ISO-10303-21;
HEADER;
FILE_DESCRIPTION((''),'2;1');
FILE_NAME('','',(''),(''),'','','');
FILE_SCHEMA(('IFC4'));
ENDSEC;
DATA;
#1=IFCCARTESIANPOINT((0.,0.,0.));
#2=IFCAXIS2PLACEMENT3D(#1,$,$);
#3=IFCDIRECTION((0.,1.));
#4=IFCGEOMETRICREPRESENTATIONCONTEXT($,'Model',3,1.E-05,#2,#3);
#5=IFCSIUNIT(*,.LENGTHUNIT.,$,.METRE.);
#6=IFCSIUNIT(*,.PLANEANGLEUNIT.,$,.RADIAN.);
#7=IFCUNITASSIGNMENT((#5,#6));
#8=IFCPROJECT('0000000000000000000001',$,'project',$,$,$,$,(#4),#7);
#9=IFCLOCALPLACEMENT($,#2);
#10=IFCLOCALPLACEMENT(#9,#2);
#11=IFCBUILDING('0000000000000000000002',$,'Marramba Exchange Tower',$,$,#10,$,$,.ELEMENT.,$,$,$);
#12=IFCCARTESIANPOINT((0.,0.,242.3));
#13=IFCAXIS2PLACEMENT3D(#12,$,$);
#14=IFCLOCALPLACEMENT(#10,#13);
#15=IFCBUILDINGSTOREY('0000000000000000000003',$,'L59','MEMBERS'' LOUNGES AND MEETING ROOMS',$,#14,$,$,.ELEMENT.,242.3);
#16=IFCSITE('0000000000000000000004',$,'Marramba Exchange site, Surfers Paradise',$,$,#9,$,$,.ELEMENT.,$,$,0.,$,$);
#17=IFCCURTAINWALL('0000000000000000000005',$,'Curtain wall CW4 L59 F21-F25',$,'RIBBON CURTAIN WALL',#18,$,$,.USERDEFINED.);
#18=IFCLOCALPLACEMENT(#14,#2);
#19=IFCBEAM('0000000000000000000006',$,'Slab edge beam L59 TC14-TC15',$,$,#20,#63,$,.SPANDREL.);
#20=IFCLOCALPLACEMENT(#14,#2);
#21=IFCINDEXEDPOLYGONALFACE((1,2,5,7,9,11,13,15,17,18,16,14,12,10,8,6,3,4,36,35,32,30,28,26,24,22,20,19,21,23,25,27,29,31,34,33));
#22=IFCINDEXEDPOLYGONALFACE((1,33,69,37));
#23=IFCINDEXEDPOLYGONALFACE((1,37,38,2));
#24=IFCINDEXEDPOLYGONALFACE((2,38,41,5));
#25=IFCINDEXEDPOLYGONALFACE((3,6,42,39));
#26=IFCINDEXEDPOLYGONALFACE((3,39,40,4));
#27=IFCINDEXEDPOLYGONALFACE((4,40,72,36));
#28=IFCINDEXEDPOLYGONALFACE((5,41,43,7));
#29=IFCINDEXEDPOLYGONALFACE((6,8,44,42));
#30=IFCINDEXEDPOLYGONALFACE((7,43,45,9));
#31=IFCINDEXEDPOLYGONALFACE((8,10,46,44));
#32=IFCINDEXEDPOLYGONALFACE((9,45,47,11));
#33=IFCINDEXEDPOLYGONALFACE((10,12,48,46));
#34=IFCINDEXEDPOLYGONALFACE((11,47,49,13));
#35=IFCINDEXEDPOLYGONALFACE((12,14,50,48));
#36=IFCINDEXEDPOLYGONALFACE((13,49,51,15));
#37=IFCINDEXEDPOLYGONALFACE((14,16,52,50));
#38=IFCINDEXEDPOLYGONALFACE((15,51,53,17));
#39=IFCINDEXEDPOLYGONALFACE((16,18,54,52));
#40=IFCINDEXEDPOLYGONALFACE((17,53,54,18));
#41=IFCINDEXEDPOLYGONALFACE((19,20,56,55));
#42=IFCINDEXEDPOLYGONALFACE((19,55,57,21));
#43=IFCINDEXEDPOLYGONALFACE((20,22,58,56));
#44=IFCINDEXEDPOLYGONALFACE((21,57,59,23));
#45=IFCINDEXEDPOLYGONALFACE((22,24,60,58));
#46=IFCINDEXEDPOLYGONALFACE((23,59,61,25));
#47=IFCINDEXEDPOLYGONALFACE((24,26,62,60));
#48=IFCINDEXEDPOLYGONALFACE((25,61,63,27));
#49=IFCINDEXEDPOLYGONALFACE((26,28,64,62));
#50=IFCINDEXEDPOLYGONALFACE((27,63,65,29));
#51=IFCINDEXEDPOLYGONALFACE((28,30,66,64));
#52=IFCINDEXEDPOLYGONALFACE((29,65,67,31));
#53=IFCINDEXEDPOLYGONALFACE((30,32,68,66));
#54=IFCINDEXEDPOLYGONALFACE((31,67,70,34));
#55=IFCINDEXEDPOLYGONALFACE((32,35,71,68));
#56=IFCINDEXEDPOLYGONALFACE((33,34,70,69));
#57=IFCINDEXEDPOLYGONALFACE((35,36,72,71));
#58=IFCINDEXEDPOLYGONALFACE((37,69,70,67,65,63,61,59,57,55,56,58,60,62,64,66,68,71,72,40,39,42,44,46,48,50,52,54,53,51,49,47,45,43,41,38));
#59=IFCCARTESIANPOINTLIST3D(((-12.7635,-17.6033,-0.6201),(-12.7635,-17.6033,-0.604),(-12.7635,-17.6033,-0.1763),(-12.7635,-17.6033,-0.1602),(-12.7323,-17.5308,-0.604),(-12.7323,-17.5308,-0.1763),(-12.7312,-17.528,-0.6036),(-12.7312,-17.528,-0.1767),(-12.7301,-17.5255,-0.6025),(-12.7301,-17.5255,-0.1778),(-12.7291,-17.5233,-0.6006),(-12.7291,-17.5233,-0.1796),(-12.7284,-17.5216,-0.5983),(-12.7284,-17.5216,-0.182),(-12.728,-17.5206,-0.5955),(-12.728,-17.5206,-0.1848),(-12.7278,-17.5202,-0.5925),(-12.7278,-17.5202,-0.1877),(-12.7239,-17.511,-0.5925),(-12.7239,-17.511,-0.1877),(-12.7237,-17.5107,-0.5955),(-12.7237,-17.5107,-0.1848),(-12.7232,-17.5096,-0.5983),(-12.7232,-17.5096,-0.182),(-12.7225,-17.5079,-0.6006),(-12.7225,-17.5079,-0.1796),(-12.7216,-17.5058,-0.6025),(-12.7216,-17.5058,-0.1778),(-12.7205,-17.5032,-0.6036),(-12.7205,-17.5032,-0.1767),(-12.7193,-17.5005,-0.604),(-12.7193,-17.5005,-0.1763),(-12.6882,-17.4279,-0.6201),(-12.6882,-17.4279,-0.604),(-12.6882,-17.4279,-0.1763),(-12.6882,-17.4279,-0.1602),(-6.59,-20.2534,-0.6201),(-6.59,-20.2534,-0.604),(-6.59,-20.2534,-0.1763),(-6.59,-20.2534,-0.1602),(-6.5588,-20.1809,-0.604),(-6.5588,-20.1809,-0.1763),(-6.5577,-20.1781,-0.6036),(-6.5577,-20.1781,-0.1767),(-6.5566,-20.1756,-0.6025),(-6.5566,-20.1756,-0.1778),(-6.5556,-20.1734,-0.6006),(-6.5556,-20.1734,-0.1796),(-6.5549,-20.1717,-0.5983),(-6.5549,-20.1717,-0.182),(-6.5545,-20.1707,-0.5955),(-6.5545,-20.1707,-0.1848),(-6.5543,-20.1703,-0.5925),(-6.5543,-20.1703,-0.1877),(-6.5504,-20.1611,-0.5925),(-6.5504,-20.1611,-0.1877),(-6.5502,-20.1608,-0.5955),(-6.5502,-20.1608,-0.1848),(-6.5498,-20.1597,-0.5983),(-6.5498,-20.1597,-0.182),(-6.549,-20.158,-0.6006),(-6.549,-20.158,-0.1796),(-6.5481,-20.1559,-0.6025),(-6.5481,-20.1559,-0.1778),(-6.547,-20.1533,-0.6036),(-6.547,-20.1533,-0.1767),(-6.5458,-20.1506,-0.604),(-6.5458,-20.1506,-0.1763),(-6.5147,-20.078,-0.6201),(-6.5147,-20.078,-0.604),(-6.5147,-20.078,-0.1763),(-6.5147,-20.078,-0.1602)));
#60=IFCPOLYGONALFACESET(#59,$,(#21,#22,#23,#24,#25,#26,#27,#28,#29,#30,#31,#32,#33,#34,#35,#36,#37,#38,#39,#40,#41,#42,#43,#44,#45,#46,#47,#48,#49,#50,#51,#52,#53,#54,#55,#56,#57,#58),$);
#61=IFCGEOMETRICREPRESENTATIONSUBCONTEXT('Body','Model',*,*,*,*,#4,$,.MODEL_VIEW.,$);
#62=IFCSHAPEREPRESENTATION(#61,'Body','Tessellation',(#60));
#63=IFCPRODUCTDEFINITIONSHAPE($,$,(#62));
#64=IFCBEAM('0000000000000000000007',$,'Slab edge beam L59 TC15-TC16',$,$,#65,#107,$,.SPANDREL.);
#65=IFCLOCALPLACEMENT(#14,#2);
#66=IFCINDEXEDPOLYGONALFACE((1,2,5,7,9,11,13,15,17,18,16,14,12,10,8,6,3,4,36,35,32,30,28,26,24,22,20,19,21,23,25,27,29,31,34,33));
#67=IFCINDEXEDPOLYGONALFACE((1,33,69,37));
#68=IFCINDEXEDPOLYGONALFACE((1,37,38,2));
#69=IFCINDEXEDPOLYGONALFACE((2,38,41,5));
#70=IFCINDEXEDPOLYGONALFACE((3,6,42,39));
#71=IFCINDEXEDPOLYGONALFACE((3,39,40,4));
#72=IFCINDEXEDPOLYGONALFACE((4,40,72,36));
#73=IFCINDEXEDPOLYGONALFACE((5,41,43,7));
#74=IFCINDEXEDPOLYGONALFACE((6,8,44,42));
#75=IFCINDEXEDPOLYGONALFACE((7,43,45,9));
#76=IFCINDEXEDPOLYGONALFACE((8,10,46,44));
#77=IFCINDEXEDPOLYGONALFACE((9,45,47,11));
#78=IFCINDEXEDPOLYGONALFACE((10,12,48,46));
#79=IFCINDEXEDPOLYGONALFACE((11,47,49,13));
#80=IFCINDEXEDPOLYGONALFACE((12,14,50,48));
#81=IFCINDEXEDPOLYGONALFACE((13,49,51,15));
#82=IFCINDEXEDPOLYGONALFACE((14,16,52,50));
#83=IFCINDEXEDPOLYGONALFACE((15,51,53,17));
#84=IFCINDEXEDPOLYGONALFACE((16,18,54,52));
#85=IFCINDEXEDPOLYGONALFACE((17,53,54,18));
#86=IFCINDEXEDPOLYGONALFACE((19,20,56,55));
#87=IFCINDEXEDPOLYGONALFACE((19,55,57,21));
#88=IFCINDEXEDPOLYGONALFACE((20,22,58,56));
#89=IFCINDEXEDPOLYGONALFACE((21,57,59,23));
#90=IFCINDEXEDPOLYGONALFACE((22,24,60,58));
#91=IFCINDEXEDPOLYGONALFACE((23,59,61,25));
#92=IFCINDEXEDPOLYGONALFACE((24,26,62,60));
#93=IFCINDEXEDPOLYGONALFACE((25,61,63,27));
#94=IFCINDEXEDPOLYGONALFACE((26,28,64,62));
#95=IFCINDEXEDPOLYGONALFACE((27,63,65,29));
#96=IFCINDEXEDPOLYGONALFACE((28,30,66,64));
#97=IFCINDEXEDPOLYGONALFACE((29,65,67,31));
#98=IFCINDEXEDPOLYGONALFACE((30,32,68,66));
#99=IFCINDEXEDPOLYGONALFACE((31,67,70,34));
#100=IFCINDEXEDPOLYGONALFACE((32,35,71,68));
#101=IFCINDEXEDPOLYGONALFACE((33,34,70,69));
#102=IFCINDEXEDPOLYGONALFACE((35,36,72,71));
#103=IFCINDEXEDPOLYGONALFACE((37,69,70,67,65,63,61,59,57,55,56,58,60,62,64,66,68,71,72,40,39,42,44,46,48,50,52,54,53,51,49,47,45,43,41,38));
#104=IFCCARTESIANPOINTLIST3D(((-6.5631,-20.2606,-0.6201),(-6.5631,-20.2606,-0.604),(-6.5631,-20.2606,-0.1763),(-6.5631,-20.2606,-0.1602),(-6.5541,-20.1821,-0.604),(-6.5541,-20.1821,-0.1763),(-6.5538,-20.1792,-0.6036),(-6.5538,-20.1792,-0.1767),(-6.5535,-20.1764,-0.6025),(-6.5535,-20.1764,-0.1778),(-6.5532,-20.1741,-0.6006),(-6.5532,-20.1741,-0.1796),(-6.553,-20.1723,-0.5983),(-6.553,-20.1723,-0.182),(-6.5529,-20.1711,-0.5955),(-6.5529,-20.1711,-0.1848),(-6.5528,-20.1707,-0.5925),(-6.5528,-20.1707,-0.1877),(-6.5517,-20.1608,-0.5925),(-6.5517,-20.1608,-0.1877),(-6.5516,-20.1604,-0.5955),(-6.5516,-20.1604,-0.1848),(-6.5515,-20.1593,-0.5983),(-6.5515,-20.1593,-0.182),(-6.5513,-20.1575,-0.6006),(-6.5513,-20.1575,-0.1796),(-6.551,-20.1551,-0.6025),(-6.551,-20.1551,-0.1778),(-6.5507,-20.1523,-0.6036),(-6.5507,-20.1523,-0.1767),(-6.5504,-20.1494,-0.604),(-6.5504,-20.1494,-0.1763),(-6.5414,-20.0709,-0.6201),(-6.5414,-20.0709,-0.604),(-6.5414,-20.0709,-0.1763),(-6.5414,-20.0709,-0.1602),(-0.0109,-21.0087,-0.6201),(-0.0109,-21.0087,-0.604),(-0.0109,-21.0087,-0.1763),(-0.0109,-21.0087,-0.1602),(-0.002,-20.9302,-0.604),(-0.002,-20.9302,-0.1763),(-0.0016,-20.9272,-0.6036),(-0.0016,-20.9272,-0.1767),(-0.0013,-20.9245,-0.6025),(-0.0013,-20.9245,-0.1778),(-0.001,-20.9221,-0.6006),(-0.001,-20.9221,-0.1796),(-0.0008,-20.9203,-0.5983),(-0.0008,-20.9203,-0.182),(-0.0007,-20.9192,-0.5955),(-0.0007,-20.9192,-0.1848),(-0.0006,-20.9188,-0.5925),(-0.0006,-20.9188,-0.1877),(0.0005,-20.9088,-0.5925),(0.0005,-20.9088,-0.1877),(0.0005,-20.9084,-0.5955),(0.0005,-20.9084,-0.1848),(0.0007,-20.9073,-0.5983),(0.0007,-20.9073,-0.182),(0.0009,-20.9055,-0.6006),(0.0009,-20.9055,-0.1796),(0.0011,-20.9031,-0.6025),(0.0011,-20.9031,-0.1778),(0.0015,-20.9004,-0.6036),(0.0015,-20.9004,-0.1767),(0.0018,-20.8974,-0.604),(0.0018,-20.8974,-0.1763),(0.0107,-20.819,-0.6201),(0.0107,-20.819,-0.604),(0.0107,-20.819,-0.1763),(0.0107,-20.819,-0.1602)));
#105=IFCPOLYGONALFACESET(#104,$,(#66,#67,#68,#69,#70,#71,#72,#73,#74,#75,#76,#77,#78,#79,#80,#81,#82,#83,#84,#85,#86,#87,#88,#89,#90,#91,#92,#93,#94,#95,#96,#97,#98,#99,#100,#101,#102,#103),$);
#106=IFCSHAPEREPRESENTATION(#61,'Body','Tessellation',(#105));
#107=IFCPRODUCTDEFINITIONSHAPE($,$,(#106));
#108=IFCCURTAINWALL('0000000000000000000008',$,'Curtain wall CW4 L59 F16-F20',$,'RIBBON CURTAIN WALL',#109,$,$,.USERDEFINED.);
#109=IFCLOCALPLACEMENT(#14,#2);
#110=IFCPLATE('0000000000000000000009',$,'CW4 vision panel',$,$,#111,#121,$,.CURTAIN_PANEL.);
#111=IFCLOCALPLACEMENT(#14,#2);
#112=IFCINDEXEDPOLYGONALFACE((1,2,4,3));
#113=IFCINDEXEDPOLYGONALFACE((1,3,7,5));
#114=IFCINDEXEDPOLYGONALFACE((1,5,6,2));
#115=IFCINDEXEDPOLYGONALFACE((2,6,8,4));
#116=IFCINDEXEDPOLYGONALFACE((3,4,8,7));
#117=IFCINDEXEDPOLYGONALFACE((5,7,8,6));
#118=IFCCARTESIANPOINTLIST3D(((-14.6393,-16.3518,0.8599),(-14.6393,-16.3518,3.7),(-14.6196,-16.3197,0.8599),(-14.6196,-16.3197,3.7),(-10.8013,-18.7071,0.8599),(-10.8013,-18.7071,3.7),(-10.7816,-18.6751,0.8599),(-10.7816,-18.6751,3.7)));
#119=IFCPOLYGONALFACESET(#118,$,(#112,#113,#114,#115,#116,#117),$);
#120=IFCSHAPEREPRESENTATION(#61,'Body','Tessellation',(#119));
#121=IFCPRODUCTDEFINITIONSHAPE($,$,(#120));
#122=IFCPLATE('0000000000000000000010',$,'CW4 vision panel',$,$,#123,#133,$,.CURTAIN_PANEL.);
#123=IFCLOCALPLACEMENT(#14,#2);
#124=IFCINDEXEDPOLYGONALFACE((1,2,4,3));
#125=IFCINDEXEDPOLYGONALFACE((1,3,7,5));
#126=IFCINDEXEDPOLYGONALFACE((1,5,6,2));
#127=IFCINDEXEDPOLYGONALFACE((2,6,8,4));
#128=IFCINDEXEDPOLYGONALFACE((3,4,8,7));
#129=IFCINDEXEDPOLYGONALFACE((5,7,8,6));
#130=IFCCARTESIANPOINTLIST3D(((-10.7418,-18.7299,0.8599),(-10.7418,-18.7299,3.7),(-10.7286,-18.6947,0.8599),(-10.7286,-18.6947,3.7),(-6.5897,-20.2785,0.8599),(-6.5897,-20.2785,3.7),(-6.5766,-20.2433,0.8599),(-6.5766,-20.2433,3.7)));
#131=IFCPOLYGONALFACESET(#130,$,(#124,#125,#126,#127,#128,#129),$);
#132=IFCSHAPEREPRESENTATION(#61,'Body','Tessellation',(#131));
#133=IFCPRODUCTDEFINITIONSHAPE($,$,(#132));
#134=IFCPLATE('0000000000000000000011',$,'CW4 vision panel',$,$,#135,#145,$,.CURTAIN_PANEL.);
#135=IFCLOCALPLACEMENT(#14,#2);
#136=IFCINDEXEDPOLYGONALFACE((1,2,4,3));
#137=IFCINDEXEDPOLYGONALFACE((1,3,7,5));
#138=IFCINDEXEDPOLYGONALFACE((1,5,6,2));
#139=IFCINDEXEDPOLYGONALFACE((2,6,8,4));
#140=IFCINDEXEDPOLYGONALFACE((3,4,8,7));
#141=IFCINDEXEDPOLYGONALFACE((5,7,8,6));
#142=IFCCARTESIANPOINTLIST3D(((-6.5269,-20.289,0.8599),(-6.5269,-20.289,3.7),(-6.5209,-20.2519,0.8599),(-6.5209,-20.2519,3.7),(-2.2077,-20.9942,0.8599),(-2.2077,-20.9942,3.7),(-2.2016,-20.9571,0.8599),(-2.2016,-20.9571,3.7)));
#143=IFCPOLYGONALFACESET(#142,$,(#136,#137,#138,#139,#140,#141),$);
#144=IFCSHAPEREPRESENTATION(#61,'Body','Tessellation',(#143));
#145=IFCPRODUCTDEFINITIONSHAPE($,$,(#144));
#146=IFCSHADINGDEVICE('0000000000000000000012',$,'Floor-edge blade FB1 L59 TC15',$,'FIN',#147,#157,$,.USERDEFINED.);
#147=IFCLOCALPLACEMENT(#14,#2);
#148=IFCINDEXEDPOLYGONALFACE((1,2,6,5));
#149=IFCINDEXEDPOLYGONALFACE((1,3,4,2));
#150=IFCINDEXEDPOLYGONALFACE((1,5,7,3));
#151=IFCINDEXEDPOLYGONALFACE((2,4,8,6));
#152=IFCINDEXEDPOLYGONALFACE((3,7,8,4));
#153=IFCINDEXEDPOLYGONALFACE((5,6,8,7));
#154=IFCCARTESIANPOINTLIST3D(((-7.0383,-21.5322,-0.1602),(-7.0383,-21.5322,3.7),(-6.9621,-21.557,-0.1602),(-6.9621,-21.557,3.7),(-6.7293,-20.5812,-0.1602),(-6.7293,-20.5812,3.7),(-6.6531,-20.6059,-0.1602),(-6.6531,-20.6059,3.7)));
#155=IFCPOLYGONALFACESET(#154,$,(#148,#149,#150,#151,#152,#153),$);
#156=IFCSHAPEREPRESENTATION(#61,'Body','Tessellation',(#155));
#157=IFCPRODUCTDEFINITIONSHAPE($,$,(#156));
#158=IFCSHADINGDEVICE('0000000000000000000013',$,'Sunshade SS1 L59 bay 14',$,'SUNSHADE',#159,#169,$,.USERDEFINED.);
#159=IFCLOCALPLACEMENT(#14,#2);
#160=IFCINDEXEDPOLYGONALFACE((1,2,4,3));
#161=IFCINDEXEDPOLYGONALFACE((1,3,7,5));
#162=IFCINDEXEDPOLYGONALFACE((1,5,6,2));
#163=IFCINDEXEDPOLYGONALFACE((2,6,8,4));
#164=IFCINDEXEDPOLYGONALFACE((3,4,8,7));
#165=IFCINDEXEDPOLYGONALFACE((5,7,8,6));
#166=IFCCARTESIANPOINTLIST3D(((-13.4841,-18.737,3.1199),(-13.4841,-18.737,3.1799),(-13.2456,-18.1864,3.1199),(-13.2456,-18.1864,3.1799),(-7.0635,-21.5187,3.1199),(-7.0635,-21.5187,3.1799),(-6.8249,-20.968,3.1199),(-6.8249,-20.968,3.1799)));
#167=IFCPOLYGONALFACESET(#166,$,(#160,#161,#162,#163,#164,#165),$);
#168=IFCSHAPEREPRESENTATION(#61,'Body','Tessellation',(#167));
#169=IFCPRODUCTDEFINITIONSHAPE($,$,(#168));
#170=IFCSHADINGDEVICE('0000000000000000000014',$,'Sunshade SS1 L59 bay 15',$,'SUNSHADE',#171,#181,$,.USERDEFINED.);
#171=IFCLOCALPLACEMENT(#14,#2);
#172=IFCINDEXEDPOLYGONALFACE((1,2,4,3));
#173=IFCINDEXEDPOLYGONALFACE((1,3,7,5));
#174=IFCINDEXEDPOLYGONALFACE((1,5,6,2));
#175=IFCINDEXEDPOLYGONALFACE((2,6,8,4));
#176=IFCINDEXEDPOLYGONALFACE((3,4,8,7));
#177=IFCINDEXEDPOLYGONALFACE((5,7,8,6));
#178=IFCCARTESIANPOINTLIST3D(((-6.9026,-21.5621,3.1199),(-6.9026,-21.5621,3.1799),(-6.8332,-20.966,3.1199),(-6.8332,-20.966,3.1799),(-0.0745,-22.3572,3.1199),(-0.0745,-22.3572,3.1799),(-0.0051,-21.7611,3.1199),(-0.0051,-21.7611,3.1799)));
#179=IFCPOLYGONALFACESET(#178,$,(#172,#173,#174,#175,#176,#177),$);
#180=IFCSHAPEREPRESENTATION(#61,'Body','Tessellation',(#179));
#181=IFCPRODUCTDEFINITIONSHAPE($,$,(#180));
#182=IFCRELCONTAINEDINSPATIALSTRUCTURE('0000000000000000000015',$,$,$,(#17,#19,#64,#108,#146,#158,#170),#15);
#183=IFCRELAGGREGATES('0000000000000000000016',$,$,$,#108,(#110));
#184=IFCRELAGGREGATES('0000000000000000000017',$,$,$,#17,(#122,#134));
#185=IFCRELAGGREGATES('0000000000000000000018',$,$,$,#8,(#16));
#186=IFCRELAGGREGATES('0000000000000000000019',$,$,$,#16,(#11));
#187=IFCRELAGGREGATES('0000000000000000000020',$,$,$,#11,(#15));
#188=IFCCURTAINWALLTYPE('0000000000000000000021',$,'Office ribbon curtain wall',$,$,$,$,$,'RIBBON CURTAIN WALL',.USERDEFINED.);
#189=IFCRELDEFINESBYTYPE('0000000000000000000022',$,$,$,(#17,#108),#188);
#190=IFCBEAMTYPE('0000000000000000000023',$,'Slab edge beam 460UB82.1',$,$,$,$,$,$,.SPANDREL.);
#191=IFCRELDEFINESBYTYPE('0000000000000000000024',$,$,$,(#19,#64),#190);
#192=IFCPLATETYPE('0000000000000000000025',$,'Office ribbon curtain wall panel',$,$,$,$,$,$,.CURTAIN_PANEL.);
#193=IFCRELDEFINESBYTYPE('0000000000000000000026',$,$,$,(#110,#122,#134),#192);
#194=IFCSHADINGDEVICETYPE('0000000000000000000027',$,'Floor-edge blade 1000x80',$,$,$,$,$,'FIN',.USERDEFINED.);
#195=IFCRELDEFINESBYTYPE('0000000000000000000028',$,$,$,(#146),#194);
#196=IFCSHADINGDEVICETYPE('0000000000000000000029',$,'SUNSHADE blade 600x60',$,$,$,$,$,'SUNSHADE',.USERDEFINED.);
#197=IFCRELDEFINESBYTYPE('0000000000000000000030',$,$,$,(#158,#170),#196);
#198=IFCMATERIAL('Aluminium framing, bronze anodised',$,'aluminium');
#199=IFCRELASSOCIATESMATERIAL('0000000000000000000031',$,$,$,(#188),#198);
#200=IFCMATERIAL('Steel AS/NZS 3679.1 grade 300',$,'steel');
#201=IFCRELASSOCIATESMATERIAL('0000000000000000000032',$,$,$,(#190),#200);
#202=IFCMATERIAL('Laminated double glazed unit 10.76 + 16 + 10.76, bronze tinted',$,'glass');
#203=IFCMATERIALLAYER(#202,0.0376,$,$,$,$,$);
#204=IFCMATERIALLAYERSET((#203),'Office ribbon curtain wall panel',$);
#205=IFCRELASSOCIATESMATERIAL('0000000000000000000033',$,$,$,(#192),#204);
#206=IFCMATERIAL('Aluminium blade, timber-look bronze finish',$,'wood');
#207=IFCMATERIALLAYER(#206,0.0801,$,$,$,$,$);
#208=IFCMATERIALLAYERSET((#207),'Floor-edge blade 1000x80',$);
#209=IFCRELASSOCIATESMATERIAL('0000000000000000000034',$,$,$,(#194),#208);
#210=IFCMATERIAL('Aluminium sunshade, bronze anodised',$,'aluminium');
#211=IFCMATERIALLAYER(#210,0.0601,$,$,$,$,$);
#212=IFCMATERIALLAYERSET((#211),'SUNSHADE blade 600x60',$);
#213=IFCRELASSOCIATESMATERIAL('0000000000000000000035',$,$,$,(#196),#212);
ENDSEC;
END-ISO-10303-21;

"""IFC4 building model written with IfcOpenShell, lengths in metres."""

from ifc_helpers import new_model, si_unit, direction, frame, origin, origin_2d, place, context, subcontext, project, spatial, rectangle, i_section, extrude, material, layer, layer_set, material_profile, profile_set, type_object, element, aggregate, save


model = new_model("IFC4")

# Units and contexts
model_context = context("Model", 3, precision=1e-05, world=origin(), true_north=direction((0.0, 1.0)))
body_context = subcontext(model_context, "Body", "Model", "MODEL_VIEW")
ifc_project = project(units=[si_unit("LENGTHUNIT", "METRE"), si_unit("PLANEANGLEUNIT", "RADIAN")], contexts=[model_context])

# Site, building, storey
site_placement = place(None, origin())
site = spatial("IfcSite", under=ifc_project, at=site_placement, Name="Marramba Exchange site, Surfers Paradise", CompositionType="ELEMENT", RefElevation=0.0)
building_placement = place(site_placement, origin())
building = spatial("IfcBuilding", under=site, at=building_placement, Name="Marramba Exchange Tower", CompositionType="ELEMENT")
storey_placement = place(building_placement, frame((0.0, 0.0, 242.3)))
storey = spatial("IfcBuildingStorey", under=building, at=storey_placement, Name="L59", Description="MEMBERS' LOUNGES AND MEETING ROOMS", CompositionType="ELEMENT", Elevation=242.3)

# Curtain wall
ifc_material_1 = material(Name="Aluminium framing, bronze anodised", Category="aluminium")
curtain_wall_type = type_object("IfcCurtainWallType", Name="Office ribbon curtain wall", ElementType="RIBBON CURTAIN WALL", PredefinedType="USERDEFINED", material=ifc_material_1)
curtain_wall_1_placement = place(storey_placement, origin())
curtain_wall_1 = element("IfcCurtainWall", 1, at=curtain_wall_1_placement, inside=storey, type_object=curtain_wall_type, Name="Curtain wall CW4 L59 F21-F25", ObjectType="RIBBON CURTAIN WALL", PredefinedType="USERDEFINED")

# Beams
ifc_material_2 = material(Name="Steel AS/NZS 3679.1 grade 300", Category="steel")
ifc_material_profile_1 = material_profile(ifc_material_2, i_section(OverallWidth=0.1909, OverallDepth=0.46, WebThickness=0.01, FlangeThickness=0.0161, FilletRadius=0.0115, at=origin_2d()), Name="460UB82.1")
ifc_profile_set_1 = profile_set([ifc_material_profile_1], Name="Steel AS/NZS 3679.1 grade 300")
beam_type_1 = type_object("IfcBeamType", Name="Slab edge beam 460UB82.1", PredefinedType="SPANDREL", material=ifc_profile_set_1)
beam_1_placement = place(storey_placement, frame((-12.7258, -17.5156, -0.3901), z_axis=(0.918912, -0.394463, 0.0), x_axis=(0.394463, 0.918912, 0.0)))
element("IfcBeam", 2, at=beam_1_placement, inside=storey, type_object=beam_type_1, Name="Slab edge beam L59 TC14-TC15", PredefinedType="SPANDREL", context=body_context, shape_type="SweptSolid", body=[
    extrude(i_section(OverallWidth=0.1909, OverallDepth=0.46, WebThickness=0.01, FlangeThickness=0.0161, FilletRadius=0.0115, at=origin_2d()), origin(), (0.0, 0.0, 1.0), 6.7183),
])
beam_2_placement = place(storey_placement, frame((-6.5522, -20.1658, -0.3901), z_axis=(0.993546, -0.11343, 0.0), x_axis=(0.11343, 0.993546, 0.0)))
element("IfcBeam", 3, at=beam_2_placement, inside=storey, type_object=beam_type_1, Name="Slab edge beam L59 TC15-TC16", PredefinedType="SPANDREL", context=body_context, shape_type="SweptSolid", body=[
    extrude(i_section(OverallWidth=0.1909, OverallDepth=0.46, WebThickness=0.01, FlangeThickness=0.0161, FilletRadius=0.0115, at=origin_2d()), origin(), (0.0, 0.0, 1.0), 6.5947),
])

# Curtain wall, plate
curtain_wall_2_placement = place(storey_placement, origin())
curtain_wall_2 = element("IfcCurtainWall", 4, at=curtain_wall_2_placement, inside=storey, type_object=curtain_wall_type, Name="Curtain wall CW4 L59 F16-F20", ObjectType="RIBBON CURTAIN WALL", PredefinedType="USERDEFINED")
ifc_material_3 = material(Name="Laminated double glazed unit 10.76 + 16 + 10.76, bronze tinted", Category="glass")
ifc_layer_1 = layer(ifc_material_3, 0.0376)
ifc_layer_set_1 = layer_set([ifc_layer_1], Name="Office ribbon curtain wall panel")
plate_type = type_object("IfcPlateType", Name="Office ribbon curtain wall panel", PredefinedType="CURTAIN_PANEL", material=ifc_layer_set_1)
plate_1_placement = place(storey_placement, frame((-12.7104, -17.5134, 0.8599), z_axis=(0.0, 0.0, 1.0), x_axis=(0.852301, -0.523052, 0.0)))
plate_1 = element("IfcPlate", 5, at=plate_1_placement, type_object=plate_type, Name="CW4 vision panel", PredefinedType="CURTAIN_PANEL", context=body_context, shape_type="SweptSolid", body=[
    extrude(rectangle(XDim=4.5032, YDim=0.0376, at=origin_2d()), origin(), (0.0, 0.0, 1.0), 2.8401),
])
aggregate(curtain_wall_2, [plate_1])

# Plates
plate_2_placement = place(storey_placement, frame((-8.6592, -19.4866, 0.8599), z_axis=(0.0, 0.0, 1.0), x_axis=(0.936952, -0.349459, 0.0)))
plate_2 = element("IfcPlate", 6, at=plate_2_placement, type_object=plate_type, Name="CW4 vision panel", PredefinedType="CURTAIN_PANEL", context=body_context, shape_type="SweptSolid", body=[
    extrude(rectangle(XDim=4.4314, YDim=0.0376, at=origin_2d()), origin(), (0.0, 0.0, 1.0), 2.8401),
])
plate_3_placement = place(storey_placement, frame((-4.3643, -20.623, 0.8599), z_axis=(0.0, 0.0, 1.0), x_axis=(0.986931, -0.161146, 0.0)))
plate_3 = element("IfcPlate", 7, at=plate_3_placement, type_object=plate_type, Name="CW4 vision panel", PredefinedType="CURTAIN_PANEL", context=body_context, shape_type="SweptSolid", body=[
    extrude(rectangle(XDim=4.3765, YDim=0.0376, at=origin_2d()), origin(), (0.0, 0.0, 1.0), 2.8401),
])
aggregate(curtain_wall_1, [plate_2, plate_3])

# Shading devices
ifc_material_4 = material(Name="Aluminium blade, timber-look bronze finish", Category="wood")
ifc_layer_2 = layer(ifc_material_4, 0.0801)
ifc_layer_set_2 = layer_set([ifc_layer_2], Name="Floor-edge blade 1000x80")
shading_device_type_1 = type_object("IfcShadingDeviceType", Name="Floor-edge blade 1000x80", ElementType="FIN", PredefinedType="USERDEFINED", material=ifc_layer_set_2)
shading_device_1_placement = place(storey_placement, frame((-6.8457, -21.0691, -0.1602), z_axis=(0.0, 0.0, 1.0), x_axis=(-0.309017, -0.951057, 0.0)))
element("IfcShadingDevice", 8, at=shading_device_1_placement, inside=storey, type_object=shading_device_type_1, Name="Floor-edge blade FB1 L59 TC15", ObjectType="FIN", PredefinedType="USERDEFINED", context=body_context, shape_type="SweptSolid", body=[
    extrude(rectangle(XDim=1.0, YDim=0.0801, at=origin_2d()), origin(), (0.0, 0.0, 1.0), 3.8601),
])
ifc_material_5 = material(Name="Aluminium sunshade, bronze anodised", Category="aluminium")
ifc_layer_3 = layer(ifc_material_5, 0.0601)
ifc_layer_set_3 = layer_set([ifc_layer_3], Name="SUNSHADE blade 600x60")
shading_device_type_2 = type_object("IfcShadingDeviceType", Name="SUNSHADE blade 600x60", ElementType="SUNSHADE", PredefinedType="USERDEFINED", material=ifc_layer_set_3)
shading_device_2_placement = place(storey_placement, frame((-10.1545, -19.8525, 3.1199), z_axis=(0.0, 0.0, 1.0), x_axis=(0.917589, -0.39753, 0.0)))
element("IfcShadingDevice", 9, at=shading_device_2_placement, inside=storey, type_object=shading_device_type_2, Name="Sunshade SS1 L59 bay 14", ObjectType="SUNSHADE", PredefinedType="USERDEFINED", context=body_context, shape_type="SweptSolid", body=[
    extrude(rectangle(XDim=6.9973, YDim=0.6001, at=origin_2d()), origin(), (0.0, 0.0, 1.0), 0.0601),
])
shading_device_3_placement = place(storey_placement, frame((-3.4539, -21.6616, 3.1199), z_axis=(0.0, 0.0, 1.0), x_axis=(0.993288, -0.115665, 0.0)))
element("IfcShadingDevice", 10, at=shading_device_3_placement, inside=storey, type_object=shading_device_type_2, Name="Sunshade SS1 L59 bay 15", ObjectType="SUNSHADE", PredefinedType="USERDEFINED", context=body_context, shape_type="SweptSolid", body=[
    extrude(rectangle(XDim=6.8743, YDim=0.6001, at=origin_2d()), origin(), (0.0, 0.0, 1.0), 0.0601),
])

save(model, "model.ifc")
